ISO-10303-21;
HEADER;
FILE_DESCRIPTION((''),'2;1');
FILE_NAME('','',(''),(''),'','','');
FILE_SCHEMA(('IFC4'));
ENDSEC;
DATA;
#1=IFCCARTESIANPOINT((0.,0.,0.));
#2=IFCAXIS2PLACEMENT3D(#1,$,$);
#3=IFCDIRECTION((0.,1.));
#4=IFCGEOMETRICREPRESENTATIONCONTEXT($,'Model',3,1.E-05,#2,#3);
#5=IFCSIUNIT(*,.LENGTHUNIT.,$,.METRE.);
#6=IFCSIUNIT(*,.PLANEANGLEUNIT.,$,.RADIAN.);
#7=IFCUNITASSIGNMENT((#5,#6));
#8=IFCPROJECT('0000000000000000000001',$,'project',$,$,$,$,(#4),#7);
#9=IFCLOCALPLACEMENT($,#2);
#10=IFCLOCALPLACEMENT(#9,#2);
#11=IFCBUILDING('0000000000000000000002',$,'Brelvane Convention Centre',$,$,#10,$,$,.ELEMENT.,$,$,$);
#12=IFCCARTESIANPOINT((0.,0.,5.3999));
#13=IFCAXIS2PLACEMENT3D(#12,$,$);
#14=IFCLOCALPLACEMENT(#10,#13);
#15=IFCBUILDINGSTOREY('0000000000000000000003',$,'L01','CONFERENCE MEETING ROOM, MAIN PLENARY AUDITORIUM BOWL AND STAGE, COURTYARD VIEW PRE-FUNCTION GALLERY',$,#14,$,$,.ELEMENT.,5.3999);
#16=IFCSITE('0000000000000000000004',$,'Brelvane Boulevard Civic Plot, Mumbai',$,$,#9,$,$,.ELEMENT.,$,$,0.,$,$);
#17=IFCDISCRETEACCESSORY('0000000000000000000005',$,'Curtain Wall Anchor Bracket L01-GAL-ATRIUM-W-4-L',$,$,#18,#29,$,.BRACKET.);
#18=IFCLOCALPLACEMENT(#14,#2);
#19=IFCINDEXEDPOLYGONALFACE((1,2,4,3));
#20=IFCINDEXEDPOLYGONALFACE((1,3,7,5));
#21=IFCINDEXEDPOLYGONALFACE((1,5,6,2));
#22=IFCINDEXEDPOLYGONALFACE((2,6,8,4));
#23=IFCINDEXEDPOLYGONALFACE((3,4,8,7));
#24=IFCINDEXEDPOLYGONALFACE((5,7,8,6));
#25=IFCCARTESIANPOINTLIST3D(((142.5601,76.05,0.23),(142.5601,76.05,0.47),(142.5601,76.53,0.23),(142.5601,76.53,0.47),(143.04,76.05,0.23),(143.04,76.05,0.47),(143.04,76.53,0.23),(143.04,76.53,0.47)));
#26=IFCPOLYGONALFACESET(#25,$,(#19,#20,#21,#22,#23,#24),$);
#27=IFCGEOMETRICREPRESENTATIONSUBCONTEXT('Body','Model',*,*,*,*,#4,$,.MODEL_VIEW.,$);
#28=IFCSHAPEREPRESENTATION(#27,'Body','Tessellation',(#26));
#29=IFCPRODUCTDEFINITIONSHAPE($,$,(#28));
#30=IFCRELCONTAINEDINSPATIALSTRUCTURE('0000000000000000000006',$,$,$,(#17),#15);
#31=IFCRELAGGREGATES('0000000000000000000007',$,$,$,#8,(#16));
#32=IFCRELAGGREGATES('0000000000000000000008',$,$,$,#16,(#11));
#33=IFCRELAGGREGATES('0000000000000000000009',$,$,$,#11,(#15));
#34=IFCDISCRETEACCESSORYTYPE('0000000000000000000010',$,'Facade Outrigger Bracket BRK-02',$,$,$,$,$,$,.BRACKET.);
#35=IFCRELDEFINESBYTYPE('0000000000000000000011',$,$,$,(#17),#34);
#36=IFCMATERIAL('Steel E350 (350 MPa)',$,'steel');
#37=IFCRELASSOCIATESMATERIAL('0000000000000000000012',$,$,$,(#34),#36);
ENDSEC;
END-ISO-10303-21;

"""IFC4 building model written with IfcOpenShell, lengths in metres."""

from ifc_helpers import new_model, si_unit, direction, frame, origin, origin_2d, place, context, subcontext, project, spatial, rectangle, extrude, material, type_object, element, save


model = new_model("IFC4")

# Units and contexts
model_context = context("Model", 3, precision=1e-05, world=origin(), true_north=direction((0.0, 1.0)))
body_context = subcontext(model_context, "Body", "Model", "MODEL_VIEW")
ifc_project = project(units=[si_unit("LENGTHUNIT", "METRE"), si_unit("PLANEANGLEUNIT", "RADIAN")], contexts=[model_context])

# Site, building, storey
site_placement = place(None, origin())
site = spatial("IfcSite", under=ifc_project, at=site_placement, Name="Brelvane Boulevard Civic Plot, Mumbai", CompositionType="ELEMENT", RefElevation=0.0)
building_placement = place(site_placement, origin())
building = spatial("IfcBuilding", under=site, at=building_placement, Name="Brelvane Convention Centre", CompositionType="ELEMENT")
storey_placement = place(building_placement, frame((0.0, 0.0, 5.3999)))
storey = spatial("IfcBuildingStorey", under=building, at=storey_placement, Name="L01", Description="CONFERENCE MEETING ROOM, MAIN PLENARY AUDITORIUM BOWL AND STAGE, COURTYARD VIEW PRE-FUNCTION GALLERY", CompositionType="ELEMENT", Elevation=5.3999)

# Discrete accessory
ifc_material_1 = material(Name="Steel E350 (350 MPa)", Category="steel")
discrete_accessory_type = type_object("IfcDiscreteAccessoryType", Name="Facade Outrigger Bracket BRK-02", PredefinedType="BRACKET", material=ifc_material_1)
for number, where, z_axis, x_axis, name in (
    (1, (142.8, 76.29, 0.23), (0.0, 0.0, 1.0), (1.0, 0.0, 0.0), "Curtain Wall Anchor Bracket L01-GAL-ATRIUM-W-4-L"),
):
    element("IfcDiscreteAccessory", number, at=place(storey_placement, frame(where, z_axis=z_axis, x_axis=x_axis)), inside=storey, type_object=discrete_accessory_type, Name=name, PredefinedType="BRACKET", context=body_context, shape_type="SweptSolid", body=[
        extrude(rectangle(XDim=0.48, YDim=0.48, at=origin_2d()), origin(), (0.0, 0.0, 1.0), 0.24),
    ])

save(model, "model.ifc")
